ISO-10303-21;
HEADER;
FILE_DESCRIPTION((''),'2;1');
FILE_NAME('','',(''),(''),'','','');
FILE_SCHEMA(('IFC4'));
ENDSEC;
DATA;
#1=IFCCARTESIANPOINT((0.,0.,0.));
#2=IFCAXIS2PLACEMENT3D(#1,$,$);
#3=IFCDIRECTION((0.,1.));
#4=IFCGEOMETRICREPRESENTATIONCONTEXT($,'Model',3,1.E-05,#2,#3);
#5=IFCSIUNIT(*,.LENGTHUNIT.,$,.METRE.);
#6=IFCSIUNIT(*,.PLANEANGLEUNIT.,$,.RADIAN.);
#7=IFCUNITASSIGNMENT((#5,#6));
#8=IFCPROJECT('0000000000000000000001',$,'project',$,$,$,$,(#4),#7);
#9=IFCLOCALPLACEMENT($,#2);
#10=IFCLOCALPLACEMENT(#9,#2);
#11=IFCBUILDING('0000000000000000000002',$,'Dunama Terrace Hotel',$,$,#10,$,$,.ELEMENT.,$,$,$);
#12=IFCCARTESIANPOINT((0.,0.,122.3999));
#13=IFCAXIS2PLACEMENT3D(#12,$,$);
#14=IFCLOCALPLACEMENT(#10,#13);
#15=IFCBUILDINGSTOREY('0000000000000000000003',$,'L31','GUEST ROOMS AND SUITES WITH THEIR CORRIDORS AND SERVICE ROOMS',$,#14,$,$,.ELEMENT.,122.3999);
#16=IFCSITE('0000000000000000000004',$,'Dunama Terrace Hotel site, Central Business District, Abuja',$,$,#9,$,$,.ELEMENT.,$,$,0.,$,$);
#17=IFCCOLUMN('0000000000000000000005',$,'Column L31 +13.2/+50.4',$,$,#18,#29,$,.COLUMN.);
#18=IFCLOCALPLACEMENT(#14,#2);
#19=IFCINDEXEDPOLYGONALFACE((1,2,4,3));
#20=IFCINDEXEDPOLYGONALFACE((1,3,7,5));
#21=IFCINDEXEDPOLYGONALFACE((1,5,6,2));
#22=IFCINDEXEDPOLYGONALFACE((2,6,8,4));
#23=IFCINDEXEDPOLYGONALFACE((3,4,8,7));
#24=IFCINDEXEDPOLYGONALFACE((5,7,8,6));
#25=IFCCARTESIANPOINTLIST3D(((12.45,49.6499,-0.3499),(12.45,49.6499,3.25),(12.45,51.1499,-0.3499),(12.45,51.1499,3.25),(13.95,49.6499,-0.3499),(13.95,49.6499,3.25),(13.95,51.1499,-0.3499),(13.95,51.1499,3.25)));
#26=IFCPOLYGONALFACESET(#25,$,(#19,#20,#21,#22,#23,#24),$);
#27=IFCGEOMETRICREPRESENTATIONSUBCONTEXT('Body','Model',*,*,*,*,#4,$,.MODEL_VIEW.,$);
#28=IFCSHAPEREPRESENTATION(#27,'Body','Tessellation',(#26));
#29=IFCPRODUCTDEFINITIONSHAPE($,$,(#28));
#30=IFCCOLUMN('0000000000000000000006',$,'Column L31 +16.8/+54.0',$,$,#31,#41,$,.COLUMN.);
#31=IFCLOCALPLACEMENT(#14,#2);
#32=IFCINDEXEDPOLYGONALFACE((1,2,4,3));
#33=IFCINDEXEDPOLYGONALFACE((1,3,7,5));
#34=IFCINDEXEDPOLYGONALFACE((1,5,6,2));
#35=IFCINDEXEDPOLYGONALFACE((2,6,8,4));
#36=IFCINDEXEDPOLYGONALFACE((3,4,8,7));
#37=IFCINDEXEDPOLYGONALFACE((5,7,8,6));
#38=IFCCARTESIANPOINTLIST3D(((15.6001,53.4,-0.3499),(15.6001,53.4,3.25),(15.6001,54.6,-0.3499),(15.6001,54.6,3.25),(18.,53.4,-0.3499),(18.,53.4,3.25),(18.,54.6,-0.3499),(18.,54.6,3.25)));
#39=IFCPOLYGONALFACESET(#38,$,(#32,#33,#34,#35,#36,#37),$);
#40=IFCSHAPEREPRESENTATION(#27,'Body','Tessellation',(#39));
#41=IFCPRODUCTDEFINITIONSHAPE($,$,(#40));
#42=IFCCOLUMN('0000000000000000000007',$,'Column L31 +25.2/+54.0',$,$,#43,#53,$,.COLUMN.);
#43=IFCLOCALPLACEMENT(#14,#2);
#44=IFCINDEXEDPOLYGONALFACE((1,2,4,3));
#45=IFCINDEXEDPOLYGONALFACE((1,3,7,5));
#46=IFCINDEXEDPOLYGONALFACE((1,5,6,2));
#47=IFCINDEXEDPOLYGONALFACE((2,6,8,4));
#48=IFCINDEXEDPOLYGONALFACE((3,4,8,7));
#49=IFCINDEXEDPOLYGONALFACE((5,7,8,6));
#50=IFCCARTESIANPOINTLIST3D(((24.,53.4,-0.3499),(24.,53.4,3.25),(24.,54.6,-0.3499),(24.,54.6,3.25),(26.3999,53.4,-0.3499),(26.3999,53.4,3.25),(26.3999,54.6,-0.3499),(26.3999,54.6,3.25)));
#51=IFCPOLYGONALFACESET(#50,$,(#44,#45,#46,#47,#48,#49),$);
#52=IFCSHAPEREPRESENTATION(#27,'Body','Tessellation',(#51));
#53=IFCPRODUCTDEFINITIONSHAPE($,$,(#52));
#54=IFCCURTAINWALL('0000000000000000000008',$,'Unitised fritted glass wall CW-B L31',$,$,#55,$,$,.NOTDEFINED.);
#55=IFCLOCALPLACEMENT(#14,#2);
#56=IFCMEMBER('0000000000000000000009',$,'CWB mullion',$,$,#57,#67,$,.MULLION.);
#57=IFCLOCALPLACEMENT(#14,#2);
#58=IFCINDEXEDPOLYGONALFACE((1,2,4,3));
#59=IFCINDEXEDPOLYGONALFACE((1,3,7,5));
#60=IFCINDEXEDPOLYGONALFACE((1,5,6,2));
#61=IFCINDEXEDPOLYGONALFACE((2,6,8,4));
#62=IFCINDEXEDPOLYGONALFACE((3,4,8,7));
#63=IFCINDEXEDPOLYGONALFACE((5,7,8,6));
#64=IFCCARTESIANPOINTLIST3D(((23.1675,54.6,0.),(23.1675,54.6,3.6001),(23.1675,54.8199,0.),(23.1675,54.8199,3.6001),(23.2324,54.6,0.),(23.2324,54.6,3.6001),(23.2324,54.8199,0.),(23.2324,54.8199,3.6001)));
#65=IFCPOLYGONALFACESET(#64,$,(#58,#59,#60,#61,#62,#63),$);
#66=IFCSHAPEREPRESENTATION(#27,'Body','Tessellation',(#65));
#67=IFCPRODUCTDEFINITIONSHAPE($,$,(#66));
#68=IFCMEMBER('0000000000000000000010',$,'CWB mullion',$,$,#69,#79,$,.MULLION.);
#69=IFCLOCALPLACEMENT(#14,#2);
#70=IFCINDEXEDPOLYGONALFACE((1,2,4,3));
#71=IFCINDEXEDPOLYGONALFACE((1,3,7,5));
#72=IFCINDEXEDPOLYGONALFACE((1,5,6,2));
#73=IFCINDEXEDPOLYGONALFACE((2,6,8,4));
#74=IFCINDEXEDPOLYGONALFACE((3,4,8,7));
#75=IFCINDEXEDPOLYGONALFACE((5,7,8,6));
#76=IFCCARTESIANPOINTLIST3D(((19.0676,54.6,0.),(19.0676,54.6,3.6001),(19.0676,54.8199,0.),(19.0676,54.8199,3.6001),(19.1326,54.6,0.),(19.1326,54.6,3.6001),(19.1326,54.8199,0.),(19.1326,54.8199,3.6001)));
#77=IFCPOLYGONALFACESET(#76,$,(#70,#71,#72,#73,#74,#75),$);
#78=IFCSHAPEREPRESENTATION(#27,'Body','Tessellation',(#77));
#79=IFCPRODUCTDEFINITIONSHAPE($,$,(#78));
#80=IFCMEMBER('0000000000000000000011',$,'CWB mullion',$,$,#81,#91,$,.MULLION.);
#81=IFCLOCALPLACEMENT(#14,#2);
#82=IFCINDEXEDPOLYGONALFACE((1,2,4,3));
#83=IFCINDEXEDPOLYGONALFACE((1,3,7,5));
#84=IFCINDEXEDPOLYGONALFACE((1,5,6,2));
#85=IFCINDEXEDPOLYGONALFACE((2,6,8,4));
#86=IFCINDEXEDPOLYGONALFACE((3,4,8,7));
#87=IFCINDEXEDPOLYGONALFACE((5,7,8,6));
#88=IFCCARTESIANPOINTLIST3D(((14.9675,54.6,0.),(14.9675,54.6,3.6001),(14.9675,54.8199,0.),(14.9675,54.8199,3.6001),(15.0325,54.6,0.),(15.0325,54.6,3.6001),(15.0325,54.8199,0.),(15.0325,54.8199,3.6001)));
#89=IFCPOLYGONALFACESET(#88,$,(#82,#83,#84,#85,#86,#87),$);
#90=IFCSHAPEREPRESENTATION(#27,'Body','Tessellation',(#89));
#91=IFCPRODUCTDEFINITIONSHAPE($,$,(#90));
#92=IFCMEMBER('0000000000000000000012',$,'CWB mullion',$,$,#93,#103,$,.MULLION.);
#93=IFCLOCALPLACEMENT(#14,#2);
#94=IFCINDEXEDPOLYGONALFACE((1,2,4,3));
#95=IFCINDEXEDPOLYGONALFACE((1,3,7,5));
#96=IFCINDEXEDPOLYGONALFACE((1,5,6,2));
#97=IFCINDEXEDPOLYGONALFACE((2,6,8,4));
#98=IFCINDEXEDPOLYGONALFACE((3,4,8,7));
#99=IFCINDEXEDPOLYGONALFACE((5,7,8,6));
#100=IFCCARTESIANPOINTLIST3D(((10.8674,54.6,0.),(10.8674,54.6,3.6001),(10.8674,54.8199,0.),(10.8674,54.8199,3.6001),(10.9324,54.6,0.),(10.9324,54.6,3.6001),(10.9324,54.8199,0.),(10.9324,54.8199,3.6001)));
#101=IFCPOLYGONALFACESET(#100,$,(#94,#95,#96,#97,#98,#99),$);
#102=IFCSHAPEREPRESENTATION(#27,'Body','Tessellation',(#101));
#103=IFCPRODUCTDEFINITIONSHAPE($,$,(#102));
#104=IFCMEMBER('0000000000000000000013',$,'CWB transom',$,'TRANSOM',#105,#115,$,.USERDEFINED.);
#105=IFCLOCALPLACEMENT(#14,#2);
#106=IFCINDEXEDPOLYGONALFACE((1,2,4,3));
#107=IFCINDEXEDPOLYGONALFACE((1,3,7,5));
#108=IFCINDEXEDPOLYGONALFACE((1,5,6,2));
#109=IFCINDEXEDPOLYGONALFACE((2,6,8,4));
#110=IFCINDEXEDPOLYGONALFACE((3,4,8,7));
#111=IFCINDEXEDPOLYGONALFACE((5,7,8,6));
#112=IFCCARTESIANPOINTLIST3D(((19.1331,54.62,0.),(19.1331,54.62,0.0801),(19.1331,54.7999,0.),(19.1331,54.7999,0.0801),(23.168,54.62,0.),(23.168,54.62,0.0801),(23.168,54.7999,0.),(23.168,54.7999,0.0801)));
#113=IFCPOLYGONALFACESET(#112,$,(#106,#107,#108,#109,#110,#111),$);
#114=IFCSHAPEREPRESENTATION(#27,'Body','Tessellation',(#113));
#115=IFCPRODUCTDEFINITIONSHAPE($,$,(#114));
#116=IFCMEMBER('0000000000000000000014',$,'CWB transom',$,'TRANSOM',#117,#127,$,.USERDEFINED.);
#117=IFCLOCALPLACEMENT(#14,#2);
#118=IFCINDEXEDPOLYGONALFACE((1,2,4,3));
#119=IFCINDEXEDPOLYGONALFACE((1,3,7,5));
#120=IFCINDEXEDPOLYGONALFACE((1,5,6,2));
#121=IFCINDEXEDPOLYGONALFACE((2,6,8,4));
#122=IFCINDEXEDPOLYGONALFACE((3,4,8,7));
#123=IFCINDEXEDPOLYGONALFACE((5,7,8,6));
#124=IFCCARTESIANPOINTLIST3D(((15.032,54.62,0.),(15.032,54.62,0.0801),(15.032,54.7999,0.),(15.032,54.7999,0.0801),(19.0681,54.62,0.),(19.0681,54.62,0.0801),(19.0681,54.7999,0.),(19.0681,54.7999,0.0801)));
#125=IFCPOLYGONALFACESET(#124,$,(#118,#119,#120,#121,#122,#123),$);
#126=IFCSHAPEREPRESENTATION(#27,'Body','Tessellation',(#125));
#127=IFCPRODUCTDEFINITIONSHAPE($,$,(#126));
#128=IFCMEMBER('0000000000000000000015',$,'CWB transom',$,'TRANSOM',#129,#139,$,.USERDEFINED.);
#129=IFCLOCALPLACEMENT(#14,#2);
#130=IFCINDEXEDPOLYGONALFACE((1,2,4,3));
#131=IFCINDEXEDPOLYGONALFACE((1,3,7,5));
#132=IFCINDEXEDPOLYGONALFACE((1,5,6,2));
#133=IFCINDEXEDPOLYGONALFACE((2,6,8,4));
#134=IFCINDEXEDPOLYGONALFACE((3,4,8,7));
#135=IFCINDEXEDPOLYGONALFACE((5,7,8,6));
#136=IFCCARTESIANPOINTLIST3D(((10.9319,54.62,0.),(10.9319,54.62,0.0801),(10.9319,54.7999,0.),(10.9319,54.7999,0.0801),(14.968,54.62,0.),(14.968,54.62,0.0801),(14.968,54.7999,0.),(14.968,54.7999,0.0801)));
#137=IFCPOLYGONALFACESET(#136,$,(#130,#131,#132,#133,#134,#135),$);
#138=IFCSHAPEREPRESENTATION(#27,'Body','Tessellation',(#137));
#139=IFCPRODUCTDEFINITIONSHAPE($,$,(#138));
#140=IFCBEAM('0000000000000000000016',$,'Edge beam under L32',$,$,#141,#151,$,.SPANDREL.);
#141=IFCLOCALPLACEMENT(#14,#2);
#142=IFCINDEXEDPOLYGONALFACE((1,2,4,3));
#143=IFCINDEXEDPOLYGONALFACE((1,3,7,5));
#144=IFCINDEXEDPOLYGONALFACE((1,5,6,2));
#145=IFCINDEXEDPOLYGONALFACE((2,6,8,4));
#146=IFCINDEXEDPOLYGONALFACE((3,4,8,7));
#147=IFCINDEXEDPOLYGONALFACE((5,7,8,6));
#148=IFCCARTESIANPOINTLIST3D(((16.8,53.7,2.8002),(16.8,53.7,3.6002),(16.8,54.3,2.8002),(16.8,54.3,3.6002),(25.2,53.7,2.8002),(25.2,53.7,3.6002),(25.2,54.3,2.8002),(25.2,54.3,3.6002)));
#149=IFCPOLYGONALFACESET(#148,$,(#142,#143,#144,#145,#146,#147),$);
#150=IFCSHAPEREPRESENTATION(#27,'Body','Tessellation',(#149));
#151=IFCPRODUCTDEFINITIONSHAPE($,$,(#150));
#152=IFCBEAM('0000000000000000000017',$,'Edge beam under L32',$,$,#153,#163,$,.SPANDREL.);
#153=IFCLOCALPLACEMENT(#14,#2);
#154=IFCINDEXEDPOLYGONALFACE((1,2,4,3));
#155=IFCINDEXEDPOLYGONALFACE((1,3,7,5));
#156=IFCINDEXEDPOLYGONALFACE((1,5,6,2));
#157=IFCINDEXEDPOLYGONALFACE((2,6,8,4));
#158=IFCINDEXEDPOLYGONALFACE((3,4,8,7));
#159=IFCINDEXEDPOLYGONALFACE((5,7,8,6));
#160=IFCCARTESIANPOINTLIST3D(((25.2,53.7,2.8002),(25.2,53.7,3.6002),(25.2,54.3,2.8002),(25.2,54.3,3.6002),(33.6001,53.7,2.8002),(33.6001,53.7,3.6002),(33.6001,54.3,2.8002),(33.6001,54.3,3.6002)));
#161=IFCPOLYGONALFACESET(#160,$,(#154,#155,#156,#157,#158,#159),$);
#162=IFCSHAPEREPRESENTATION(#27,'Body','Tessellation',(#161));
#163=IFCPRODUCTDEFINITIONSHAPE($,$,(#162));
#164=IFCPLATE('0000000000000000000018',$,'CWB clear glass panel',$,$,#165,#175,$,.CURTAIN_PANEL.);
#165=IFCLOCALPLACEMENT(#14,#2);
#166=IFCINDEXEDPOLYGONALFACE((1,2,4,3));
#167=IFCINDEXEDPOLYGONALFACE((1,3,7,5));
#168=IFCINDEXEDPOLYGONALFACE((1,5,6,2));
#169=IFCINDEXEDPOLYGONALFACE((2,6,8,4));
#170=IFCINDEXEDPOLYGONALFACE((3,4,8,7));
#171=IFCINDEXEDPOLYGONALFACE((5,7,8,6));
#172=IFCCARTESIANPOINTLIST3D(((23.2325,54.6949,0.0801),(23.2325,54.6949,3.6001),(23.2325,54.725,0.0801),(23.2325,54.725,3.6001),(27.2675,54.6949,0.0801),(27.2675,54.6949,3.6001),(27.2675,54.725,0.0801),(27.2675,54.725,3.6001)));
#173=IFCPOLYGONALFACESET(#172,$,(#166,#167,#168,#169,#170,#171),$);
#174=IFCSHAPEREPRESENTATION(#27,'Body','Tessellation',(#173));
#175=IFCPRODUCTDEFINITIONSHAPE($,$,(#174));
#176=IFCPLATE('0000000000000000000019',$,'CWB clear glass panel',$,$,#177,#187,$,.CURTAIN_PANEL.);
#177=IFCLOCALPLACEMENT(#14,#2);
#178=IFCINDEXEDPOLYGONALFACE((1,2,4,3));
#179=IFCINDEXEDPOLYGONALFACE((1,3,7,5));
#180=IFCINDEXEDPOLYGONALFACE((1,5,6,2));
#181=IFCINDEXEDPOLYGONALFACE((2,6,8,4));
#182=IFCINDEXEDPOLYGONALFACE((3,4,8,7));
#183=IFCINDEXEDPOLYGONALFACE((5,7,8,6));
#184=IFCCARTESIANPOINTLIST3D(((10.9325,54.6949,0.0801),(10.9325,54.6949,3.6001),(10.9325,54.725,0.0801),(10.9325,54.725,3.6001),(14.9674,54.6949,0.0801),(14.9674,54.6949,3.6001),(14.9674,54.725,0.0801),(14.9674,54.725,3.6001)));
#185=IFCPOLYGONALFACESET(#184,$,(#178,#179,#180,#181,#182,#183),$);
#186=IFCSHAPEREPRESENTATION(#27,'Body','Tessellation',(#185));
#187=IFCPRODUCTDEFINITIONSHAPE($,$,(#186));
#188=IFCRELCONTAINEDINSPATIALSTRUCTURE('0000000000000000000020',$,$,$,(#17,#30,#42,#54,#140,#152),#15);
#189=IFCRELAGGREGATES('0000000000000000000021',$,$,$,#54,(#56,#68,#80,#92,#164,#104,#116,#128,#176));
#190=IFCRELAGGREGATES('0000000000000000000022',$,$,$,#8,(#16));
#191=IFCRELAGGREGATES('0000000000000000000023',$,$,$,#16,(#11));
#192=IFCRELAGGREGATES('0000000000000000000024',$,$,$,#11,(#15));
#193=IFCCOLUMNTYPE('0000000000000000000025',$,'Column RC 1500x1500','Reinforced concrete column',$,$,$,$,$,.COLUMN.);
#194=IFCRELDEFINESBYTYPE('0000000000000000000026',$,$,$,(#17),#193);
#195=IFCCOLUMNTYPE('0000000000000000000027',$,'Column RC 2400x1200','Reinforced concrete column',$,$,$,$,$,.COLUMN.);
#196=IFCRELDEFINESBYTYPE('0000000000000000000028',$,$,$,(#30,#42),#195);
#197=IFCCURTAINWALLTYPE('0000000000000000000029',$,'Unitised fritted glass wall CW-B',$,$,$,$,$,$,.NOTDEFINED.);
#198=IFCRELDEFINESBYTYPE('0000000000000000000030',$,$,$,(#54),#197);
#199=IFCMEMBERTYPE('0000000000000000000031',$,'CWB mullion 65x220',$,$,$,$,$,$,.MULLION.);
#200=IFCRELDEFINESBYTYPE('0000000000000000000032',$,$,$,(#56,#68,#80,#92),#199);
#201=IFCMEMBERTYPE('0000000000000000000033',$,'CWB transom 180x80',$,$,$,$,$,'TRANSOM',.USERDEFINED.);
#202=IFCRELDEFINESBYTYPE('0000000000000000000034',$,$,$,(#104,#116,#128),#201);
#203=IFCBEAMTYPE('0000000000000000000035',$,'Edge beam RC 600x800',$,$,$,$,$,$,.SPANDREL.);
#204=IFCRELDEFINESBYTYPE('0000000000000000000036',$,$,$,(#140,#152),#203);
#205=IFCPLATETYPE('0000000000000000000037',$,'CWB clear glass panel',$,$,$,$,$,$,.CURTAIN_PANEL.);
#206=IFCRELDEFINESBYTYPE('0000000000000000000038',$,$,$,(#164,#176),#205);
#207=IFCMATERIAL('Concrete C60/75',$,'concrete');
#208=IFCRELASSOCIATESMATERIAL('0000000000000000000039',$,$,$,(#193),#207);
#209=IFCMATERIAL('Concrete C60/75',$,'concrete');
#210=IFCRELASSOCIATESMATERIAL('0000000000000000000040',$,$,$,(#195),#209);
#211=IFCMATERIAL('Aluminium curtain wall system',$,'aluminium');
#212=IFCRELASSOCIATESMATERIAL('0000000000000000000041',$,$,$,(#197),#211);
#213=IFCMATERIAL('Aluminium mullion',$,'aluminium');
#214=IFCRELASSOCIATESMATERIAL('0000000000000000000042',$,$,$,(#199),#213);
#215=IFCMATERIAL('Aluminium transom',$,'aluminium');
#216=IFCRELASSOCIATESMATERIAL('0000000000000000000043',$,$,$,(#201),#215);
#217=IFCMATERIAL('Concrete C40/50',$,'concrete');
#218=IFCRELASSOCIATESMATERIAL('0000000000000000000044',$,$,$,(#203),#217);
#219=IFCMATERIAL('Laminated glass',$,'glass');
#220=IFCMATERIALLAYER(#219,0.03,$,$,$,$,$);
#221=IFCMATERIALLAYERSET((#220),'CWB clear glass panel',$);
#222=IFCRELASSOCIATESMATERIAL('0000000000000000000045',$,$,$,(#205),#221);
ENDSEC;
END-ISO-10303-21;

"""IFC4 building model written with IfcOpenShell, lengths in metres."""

from ifc_helpers import new_model, si_unit, direction, frame, origin, origin_2d, place, context, subcontext, project, spatial, rectangle, extrude, material, layer, layer_set, material_profile, profile_set, type_object, element, aggregate, save


model = new_model("IFC4")

# Units and contexts
model_context = context("Model", 3, precision=1e-05, world=origin(), true_north=direction((0.0, 1.0)))
body_context = subcontext(model_context, "Body", "Model", "MODEL_VIEW")
ifc_project = project(units=[si_unit("LENGTHUNIT", "METRE"), si_unit("PLANEANGLEUNIT", "RADIAN")], contexts=[model_context])

# Site, building, storey
site_placement = place(None, origin())
site = spatial("IfcSite", under=ifc_project, at=site_placement, Name="Dunama Terrace Hotel site, Central Business District, Abuja", CompositionType="ELEMENT", RefElevation=0.0)
building_placement = place(site_placement, origin())
building = spatial("IfcBuilding", under=site, at=building_placement, Name="Dunama Terrace Hotel", CompositionType="ELEMENT")
storey_placement = place(building_placement, frame((0.0, 0.0, 122.3999)))
storey = spatial("IfcBuildingStorey", under=building, at=storey_placement, Name="L31", Description="GUEST ROOMS AND SUITES WITH THEIR CORRIDORS AND SERVICE ROOMS", CompositionType="ELEMENT", Elevation=122.3999)

# Columns
ifc_material_1 = material(Name="Concrete C60/75", Category="concrete")
ifc_material_profile_1 = material_profile(ifc_material_1, rectangle(XDim=1.5, YDim=1.5, at=origin_2d()), Name="RC 1500x1500")
ifc_profile_set_1 = profile_set([ifc_material_profile_1], Name="Concrete C60/75")
column_type_1 = type_object("IfcColumnType", Name="Column RC 1500x1500", Description="Reinforced concrete column", PredefinedType="COLUMN", material=ifc_profile_set_1)
column_placement = place(storey_placement, frame((13.2, 50.3999, -0.3499), z_axis=(0.0, 0.0, 1.0), x_axis=(1.0, 0.0, 0.0)))
element("IfcColumn", 1, at=column_placement, inside=storey, type_object=column_type_1, Name="Column L31 +13.2/+50.4", PredefinedType="COLUMN", context=body_context, shape_type="SweptSolid", body=[
    extrude(rectangle(XDim=1.5, YDim=1.5, at=origin_2d()), origin(), (0.0, 0.0, 1.0), 3.5999),
])
ifc_material_2 = material(Name="Concrete C60/75", Category="concrete")
ifc_material_profile_2 = material_profile(ifc_material_2, rectangle(XDim=2.3999, YDim=1.2, at=origin_2d()), Name="RC 2400x1200")
ifc_profile_set_2 = profile_set([ifc_material_profile_2], Name="Concrete C60/75")
column_type_2 = type_object("IfcColumnType", Name="Column RC 2400x1200", Description="Reinforced concrete column", PredefinedType="COLUMN", material=ifc_profile_set_2)
for number, where, z_axis, x_axis, name in (
    (2, (16.8, 54.0, -0.3499), (0.0, 0.0, 1.0), (1.0, 0.0, 0.0), "Column L31 +16.8/+54.0"),
    (3, (25.2, 54.0, -0.3499), (0.0, 0.0, 1.0), (1.0, 0.0, 0.0), "Column L31 +25.2/+54.0"),
):
    element("IfcColumn", number, at=place(storey_placement, frame(where, z_axis=z_axis, x_axis=x_axis)), inside=storey, type_object=column_type_2, Name=name, PredefinedType="COLUMN", context=body_context, shape_type="SweptSolid", body=[
        extrude(rectangle(XDim=2.3999, YDim=1.2, at=origin_2d()), origin(), (0.0, 0.0, 1.0), 3.5999),
    ])

# Curtain wall, members
ifc_material_3 = material(Name="Aluminium curtain wall system", Category="aluminium")
curtain_wall_type = type_object("IfcCurtainWallType", Name="Unitised fritted glass wall CW-B", PredefinedType="NOTDEFINED", material=ifc_material_3)
curtain_wall_placement = place(storey_placement, origin())
curtain_wall = element("IfcCurtainWall", 4, at=curtain_wall_placement, inside=storey, type_object=curtain_wall_type, Name="Unitised fritted glass wall CW-B L31", PredefinedType="NOTDEFINED")
ifc_material_4 = material(Name="Aluminium mullion", Category="aluminium")
ifc_material_profile_3 = material_profile(ifc_material_4, rectangle(XDim=0.0649, YDim=0.22, at=origin_2d()), Name="CWB MULLION 65X220")
ifc_profile_set_3 = profile_set([ifc_material_profile_3], Name="Aluminium mullion")
member_type_1 = type_object("IfcMemberType", Name="CWB mullion 65x220", PredefinedType="MULLION", material=ifc_profile_set_3)
member_1_placement = place(storey_placement, frame((23.2, 54.71, 0.0), z_axis=(0.0, 0.0, 1.0), x_axis=(-1.0, 0.0, 0.0)))
member_1 = element("IfcMember", 5, at=member_1_placement, type_object=member_type_1, Name="CWB mullion", PredefinedType="MULLION", context=body_context, shape_type="SweptSolid", body=[
    extrude(rectangle(XDim=0.0649, YDim=0.22, at=origin_2d()), origin(), (0.0, 0.0, 1.0), 3.6001),
])
member_2_placement = place(storey_placement, frame((19.1001, 54.71, 0.0), z_axis=(0.0, 0.0, 1.0), x_axis=(-1.0, 0.0, 0.0)))
member_2 = element("IfcMember", 6, at=member_2_placement, type_object=member_type_1, Name="CWB mullion", PredefinedType="MULLION", context=body_context, shape_type="SweptSolid", body=[
    extrude(rectangle(XDim=0.0649, YDim=0.22, at=origin_2d()), origin(), (0.0, 0.0, 1.0), 3.6001),
])
member_3_placement = place(storey_placement, frame((15.0, 54.71, 0.0), z_axis=(0.0, 0.0, 1.0), x_axis=(-1.0, 0.0, 0.0)))
member_3 = element("IfcMember", 7, at=member_3_placement, type_object=member_type_1, Name="CWB mullion", PredefinedType="MULLION", context=body_context, shape_type="SweptSolid", body=[
    extrude(rectangle(XDim=0.0649, YDim=0.22, at=origin_2d()), origin(), (0.0, 0.0, 1.0), 3.6001),
])
member_4_placement = place(storey_placement, frame((10.8999, 54.71, 0.0), z_axis=(0.0, 0.0, 1.0), x_axis=(-1.0, 0.0, 0.0)))
member_4 = element("IfcMember", 8, at=member_4_placement, type_object=member_type_1, Name="CWB mullion", PredefinedType="MULLION", context=body_context, shape_type="SweptSolid", body=[
    extrude(rectangle(XDim=0.0649, YDim=0.22, at=origin_2d()), origin(), (0.0, 0.0, 1.0), 3.6001),
])
ifc_material_5 = material(Name="Aluminium transom", Category="aluminium")
ifc_material_profile_4 = material_profile(ifc_material_5, rectangle(XDim=0.1799, YDim=0.0801, at=origin_2d()), Name="CWB TRANSOM 180X80")
ifc_profile_set_4 = profile_set([ifc_material_profile_4], Name="Aluminium transom")
member_type_2 = type_object("IfcMemberType", Name="CWB transom 180x80", ElementType="TRANSOM", PredefinedType="USERDEFINED", material=ifc_profile_set_4)
member_5_placement = place(storey_placement, frame((23.168, 54.71, 0.04), z_axis=(-1.0, 0.0, 0.0), x_axis=(0.0, -1.0, 0.0)))
member_5 = element("IfcMember", 9, at=member_5_placement, type_object=member_type_2, Name="CWB transom", ObjectType="TRANSOM", PredefinedType="USERDEFINED", context=body_context, shape_type="SweptSolid", body=[
    extrude(rectangle(XDim=0.1799, YDim=0.0801, at=origin_2d()), origin(), (0.0, 0.0, 1.0), 4.0349),
])
member_6_placement = place(storey_placement, frame((19.0681, 54.71, 0.04), z_axis=(-1.0, 0.0, 0.0), x_axis=(0.0, -1.0, 0.0)))
member_6 = element("IfcMember", 10, at=member_6_placement, type_object=member_type_2, Name="CWB transom", ObjectType="TRANSOM", PredefinedType="USERDEFINED", context=body_context, shape_type="SweptSolid", body=[
    extrude(rectangle(XDim=0.1799, YDim=0.0801, at=origin_2d()), origin(), (0.0, 0.0, 1.0), 4.0361),
])
member_7_placement = place(storey_placement, frame((14.968, 54.71, 0.04), z_axis=(-1.0, 0.0, 0.0), x_axis=(0.0, -1.0, 0.0)))
member_7 = element("IfcMember", 11, at=member_7_placement, type_object=member_type_2, Name="CWB transom", ObjectType="TRANSOM", PredefinedType="USERDEFINED", context=body_context, shape_type="SweptSolid", body=[
    extrude(rectangle(XDim=0.1799, YDim=0.0801, at=origin_2d()), origin(), (0.0, 0.0, 1.0), 4.0361),
])

# Beams
ifc_material_6 = material(Name="Concrete C40/50", Category="concrete")
ifc_material_profile_5 = material_profile(ifc_material_6, rectangle(XDim=0.6001, YDim=0.8, at=origin_2d()), Name="RC 600x800")
ifc_profile_set_5 = profile_set([ifc_material_profile_5], Name="Concrete C40/50")
beam_type = type_object("IfcBeamType", Name="Edge beam RC 600x800", PredefinedType="SPANDREL", material=ifc_profile_set_5)
beam_1_placement = place(storey_placement, frame((16.8, 54.0, 3.2002), z_axis=(1.0, 0.0, 0.0), x_axis=(0.0, 1.0, 0.0)))
element("IfcBeam", 12, at=beam_1_placement, inside=storey, type_object=beam_type, Name="Edge beam under L32", PredefinedType="SPANDREL", context=body_context, shape_type="SweptSolid", body=[
    extrude(rectangle(XDim=0.6001, YDim=0.8, at=origin_2d()), origin(), (0.0, 0.0, 1.0), 8.3999),
])
beam_2_placement = place(storey_placement, frame((25.2, 54.0, 3.2002), z_axis=(1.0, 0.0, 0.0), x_axis=(0.0, 1.0, 0.0)))
element("IfcBeam", 13, at=beam_2_placement, inside=storey, type_object=beam_type, Name="Edge beam under L32", PredefinedType="SPANDREL", context=body_context, shape_type="SweptSolid", body=[
    extrude(rectangle(XDim=0.6001, YDim=0.8, at=origin_2d()), origin(), (0.0, 0.0, 1.0), 8.4001),
])

# Plates
ifc_material_7 = material(Name="Laminated glass", Category="glass")
ifc_layer_1 = layer(ifc_material_7, 0.03)
ifc_layer_set_1 = layer_set([ifc_layer_1], Name="CWB clear glass panel")
plate_type_1 = type_object("IfcPlateType", Name="CWB clear glass panel", PredefinedType="CURTAIN_PANEL", material=ifc_layer_set_1)
plate_1_placement = place(storey_placement, frame((25.25, 54.71, 0.0801), z_axis=(0.0, 0.0, 1.0), x_axis=(-1.0, 0.0, 0.0)))
plate_1 = element("IfcPlate", 14, at=plate_1_placement, type_object=plate_type_1, Name="CWB clear glass panel", PredefinedType="CURTAIN_PANEL", context=body_context, shape_type="SweptSolid", body=[
    extrude(rectangle(XDim=4.0349, YDim=0.03, at=origin_2d()), origin(), (0.0, 0.0, 1.0), 3.52),
])
plate_2_placement = place(storey_placement, frame((12.95, 54.71, 0.0801), z_axis=(0.0, 0.0, 1.0), x_axis=(-1.0, 0.0, 0.0)))
plate_2 = element("IfcPlate", 15, at=plate_2_placement, type_object=plate_type_1, Name="CWB clear glass panel", PredefinedType="CURTAIN_PANEL", context=body_context, shape_type="SweptSolid", body=[
    extrude(rectangle(XDim=4.0349, YDim=0.03, at=origin_2d()), origin(), (0.0, 0.0, 1.0), 3.52),
])
aggregate(curtain_wall, [member_1, member_2, member_3, member_4, plate_1, member_5, member_6, member_7, plate_2])

save(model, "model.ifc")
